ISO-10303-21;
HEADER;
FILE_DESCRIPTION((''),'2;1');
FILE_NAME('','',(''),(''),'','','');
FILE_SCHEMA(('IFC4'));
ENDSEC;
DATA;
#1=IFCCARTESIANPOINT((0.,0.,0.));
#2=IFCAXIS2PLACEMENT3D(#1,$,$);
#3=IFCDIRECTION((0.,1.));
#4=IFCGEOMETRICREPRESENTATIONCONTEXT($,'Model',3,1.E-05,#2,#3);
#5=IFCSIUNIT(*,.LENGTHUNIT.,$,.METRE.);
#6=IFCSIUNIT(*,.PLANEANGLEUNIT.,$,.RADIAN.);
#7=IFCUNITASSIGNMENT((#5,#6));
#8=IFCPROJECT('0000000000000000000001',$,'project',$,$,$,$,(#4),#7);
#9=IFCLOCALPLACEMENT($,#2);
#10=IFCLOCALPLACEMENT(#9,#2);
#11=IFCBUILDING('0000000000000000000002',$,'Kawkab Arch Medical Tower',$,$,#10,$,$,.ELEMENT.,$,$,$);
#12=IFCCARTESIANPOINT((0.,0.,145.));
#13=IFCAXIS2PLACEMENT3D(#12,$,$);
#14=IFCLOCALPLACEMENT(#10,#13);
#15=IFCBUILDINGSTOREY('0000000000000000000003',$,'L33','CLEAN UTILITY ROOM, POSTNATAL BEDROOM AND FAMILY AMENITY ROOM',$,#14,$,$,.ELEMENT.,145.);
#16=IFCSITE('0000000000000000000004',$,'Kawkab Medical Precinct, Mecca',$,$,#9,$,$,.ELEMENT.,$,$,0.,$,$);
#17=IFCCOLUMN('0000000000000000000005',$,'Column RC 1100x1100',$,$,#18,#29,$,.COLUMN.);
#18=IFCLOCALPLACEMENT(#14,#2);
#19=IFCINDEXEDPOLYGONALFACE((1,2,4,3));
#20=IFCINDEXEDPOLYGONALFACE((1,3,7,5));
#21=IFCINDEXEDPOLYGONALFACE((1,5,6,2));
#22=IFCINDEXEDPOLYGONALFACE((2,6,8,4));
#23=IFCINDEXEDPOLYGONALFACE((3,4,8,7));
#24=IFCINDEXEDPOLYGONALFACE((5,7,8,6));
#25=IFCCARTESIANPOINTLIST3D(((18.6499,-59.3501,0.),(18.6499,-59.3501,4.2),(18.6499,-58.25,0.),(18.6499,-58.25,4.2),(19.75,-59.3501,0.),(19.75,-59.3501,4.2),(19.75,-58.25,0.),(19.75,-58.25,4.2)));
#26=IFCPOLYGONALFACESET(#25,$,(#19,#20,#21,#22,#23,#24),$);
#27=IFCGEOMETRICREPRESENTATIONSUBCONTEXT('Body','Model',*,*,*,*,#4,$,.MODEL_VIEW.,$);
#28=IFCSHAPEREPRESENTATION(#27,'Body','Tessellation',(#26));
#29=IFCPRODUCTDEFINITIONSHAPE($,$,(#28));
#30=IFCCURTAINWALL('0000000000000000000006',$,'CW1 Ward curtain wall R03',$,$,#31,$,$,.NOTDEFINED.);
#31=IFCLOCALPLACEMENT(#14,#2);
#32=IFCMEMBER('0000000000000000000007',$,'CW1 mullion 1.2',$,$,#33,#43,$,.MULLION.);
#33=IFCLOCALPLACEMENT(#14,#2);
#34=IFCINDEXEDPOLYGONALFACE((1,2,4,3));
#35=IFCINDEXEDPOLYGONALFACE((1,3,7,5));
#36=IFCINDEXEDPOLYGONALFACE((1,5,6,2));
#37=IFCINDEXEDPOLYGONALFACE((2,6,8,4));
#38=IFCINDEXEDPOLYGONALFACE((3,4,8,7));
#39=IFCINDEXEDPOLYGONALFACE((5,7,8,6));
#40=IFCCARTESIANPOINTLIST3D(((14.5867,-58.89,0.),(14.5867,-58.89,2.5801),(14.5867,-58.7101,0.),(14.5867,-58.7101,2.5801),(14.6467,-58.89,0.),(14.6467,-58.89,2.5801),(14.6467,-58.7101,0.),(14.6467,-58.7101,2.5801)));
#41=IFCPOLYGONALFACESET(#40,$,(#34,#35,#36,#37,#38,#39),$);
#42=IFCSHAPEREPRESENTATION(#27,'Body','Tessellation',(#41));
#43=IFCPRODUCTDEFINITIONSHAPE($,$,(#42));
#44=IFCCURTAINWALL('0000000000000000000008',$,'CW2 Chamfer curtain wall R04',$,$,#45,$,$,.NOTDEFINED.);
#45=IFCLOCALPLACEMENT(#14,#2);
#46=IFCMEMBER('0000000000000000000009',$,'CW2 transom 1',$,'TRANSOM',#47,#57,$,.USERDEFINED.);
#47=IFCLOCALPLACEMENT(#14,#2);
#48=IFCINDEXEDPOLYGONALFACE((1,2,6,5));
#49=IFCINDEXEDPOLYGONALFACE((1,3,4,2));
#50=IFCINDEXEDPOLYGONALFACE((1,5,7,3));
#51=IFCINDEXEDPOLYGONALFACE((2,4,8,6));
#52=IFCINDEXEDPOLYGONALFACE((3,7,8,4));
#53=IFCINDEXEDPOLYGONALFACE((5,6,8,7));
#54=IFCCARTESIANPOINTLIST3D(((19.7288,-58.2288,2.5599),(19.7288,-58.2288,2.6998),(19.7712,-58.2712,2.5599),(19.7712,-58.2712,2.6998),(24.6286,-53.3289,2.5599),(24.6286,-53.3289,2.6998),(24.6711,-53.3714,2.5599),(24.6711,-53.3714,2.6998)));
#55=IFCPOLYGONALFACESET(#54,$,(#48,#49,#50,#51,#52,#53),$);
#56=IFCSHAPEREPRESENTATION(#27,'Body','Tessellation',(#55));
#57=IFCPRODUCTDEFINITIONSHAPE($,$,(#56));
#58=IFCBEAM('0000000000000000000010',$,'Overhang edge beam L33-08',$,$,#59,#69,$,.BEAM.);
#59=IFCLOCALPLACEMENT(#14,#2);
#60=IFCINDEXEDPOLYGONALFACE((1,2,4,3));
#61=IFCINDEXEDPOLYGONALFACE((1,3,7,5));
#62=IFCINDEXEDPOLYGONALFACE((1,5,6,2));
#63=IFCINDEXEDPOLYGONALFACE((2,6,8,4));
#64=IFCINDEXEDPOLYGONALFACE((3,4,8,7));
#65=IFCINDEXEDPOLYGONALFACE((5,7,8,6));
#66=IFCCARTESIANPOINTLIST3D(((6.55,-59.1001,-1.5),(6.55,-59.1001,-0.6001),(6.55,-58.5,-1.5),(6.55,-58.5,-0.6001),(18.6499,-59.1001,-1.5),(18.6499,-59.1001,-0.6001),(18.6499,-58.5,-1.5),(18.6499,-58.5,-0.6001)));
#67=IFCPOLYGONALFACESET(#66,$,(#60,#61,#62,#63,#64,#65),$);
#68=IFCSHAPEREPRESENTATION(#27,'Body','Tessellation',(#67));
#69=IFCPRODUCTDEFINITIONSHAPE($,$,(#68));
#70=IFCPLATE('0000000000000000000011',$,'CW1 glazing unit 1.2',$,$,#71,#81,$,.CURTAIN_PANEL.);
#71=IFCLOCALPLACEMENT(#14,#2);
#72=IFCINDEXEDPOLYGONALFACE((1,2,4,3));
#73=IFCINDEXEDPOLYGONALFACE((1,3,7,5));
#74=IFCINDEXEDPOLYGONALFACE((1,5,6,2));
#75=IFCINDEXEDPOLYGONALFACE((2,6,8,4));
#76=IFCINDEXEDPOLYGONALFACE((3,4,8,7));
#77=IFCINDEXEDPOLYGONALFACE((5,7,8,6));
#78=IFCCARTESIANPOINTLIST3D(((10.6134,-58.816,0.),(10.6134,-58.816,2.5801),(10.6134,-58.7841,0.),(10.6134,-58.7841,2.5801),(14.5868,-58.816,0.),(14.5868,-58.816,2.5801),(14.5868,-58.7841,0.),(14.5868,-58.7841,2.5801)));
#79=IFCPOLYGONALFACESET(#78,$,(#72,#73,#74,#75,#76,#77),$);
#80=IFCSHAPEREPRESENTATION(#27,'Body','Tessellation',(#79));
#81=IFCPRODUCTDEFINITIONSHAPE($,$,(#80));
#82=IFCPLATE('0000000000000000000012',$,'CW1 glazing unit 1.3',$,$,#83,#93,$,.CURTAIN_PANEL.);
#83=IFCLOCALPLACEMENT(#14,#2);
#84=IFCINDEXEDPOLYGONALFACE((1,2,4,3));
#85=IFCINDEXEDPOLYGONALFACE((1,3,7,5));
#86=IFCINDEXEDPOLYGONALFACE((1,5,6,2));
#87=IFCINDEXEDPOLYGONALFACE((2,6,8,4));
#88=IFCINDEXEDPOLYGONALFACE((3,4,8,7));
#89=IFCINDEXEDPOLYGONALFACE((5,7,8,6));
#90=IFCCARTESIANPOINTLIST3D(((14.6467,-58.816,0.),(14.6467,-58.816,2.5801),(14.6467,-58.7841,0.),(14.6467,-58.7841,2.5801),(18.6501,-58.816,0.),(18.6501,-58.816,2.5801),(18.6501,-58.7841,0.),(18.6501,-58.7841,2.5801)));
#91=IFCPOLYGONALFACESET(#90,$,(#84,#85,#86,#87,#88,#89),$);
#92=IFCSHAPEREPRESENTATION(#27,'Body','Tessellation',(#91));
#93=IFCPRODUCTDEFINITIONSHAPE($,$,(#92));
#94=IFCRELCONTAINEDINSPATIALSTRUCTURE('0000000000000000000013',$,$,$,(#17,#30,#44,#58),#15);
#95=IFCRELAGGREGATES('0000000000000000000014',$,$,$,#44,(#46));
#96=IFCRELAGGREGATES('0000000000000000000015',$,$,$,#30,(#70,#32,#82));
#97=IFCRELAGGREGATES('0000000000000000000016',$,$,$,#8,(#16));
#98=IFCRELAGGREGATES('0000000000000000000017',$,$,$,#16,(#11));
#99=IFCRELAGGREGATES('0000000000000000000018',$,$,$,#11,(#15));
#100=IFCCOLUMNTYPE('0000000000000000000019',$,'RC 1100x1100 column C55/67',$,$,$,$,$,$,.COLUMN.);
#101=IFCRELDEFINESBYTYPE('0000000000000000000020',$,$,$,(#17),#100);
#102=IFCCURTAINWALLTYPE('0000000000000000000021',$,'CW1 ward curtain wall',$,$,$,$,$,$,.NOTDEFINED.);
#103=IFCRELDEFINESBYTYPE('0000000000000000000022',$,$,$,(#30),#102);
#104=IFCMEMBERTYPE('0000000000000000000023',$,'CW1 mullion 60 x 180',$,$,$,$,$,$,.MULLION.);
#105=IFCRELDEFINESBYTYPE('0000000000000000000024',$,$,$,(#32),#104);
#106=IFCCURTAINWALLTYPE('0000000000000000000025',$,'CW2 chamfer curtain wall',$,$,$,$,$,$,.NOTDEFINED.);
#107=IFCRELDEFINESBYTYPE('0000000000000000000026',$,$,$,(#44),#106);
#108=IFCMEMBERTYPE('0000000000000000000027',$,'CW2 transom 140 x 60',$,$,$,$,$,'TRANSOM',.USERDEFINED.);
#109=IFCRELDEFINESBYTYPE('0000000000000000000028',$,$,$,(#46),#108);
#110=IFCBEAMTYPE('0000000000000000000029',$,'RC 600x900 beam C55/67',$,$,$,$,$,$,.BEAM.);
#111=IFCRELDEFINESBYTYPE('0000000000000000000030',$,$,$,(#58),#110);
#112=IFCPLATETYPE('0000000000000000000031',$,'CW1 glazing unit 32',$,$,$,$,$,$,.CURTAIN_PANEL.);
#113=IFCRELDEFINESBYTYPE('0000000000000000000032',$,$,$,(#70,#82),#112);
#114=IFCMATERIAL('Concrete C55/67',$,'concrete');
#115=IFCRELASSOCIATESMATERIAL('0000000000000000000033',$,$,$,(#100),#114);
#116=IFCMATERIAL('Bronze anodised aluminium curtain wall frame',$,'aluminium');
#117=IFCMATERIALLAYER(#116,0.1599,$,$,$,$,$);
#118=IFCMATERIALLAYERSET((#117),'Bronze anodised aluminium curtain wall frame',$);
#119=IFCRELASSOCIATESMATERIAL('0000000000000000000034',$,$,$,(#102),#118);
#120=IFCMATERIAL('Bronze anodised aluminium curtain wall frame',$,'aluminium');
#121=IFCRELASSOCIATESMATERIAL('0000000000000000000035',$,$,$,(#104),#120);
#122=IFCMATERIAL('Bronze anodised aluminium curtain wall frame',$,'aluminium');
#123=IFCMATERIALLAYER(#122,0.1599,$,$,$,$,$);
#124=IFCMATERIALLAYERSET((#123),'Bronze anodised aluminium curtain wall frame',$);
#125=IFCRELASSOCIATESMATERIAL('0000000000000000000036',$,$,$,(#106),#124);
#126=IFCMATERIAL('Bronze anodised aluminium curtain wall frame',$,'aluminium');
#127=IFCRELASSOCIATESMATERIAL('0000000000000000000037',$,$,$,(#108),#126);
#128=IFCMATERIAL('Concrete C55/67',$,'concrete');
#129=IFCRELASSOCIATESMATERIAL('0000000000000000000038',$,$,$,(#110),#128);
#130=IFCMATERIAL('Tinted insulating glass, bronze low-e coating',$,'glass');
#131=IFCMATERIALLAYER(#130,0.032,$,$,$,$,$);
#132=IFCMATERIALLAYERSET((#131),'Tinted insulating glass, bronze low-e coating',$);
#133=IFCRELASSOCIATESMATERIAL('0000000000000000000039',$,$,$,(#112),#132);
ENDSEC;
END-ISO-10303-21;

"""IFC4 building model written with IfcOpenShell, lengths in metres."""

from ifc_helpers import new_model, si_unit, direction, frame, origin, origin_2d, place, context, subcontext, project, spatial, rectangle, extrude, material, layer, layer_set, material_profile, profile_set, type_object, element, aggregate, save


model = new_model("IFC4")

# Units and contexts
model_context = context("Model", 3, precision=1e-05, world=origin(), true_north=direction((0.0, 1.0)))
body_context = subcontext(model_context, "Body", "Model", "MODEL_VIEW")
ifc_project = project(units=[si_unit("LENGTHUNIT", "METRE"), si_unit("PLANEANGLEUNIT", "RADIAN")], contexts=[model_context])

# Site, building, storey
site_placement = place(None, origin())
site = spatial("IfcSite", under=ifc_project, at=site_placement, Name="Kawkab Medical Precinct, Mecca", CompositionType="ELEMENT", RefElevation=0.0)
building_placement = place(site_placement, origin())
building = spatial("IfcBuilding", under=site, at=building_placement, Name="Kawkab Arch Medical Tower", CompositionType="ELEMENT")
storey_placement = place(building_placement, frame((0.0, 0.0, 145.0)))
storey = spatial("IfcBuildingStorey", under=building, at=storey_placement, Name="L33", Description="CLEAN UTILITY ROOM, POSTNATAL BEDROOM AND FAMILY AMENITY ROOM", CompositionType="ELEMENT", Elevation=145.0)

# Column
ifc_material_1 = material(Name="Concrete C55/67", Category="concrete")
ifc_material_profile_1 = material_profile(ifc_material_1, rectangle(XDim=1.1001, YDim=1.1001, at=origin_2d()), Name="RC 1100x1100")
ifc_profile_set_1 = profile_set([ifc_material_profile_1], Name="Concrete C55/67")
column_type = type_object("IfcColumnType", Name="RC 1100x1100 column C55/67", PredefinedType="COLUMN", material=ifc_profile_set_1)
column_placement = place(storey_placement, frame((19.2, -58.8, 0.0), z_axis=(0.0, 0.0, 1.0), x_axis=(1.0, 0.0, 0.0)))
element("IfcColumn", 1, at=column_placement, inside=storey, type_object=column_type, Name="Column RC 1100x1100", PredefinedType="COLUMN", context=body_context, shape_type="SweptSolid", body=[
    extrude(rectangle(XDim=1.1001, YDim=1.1001, at=origin_2d()), origin(), (0.0, 0.0, 1.0), 4.2),
])

# Curtain walls, members
ifc_material_2 = material(Name="Bronze anodised aluminium curtain wall frame", Category="aluminium")
ifc_layer_1 = layer(ifc_material_2, 0.1599)
ifc_layer_set_1 = layer_set([ifc_layer_1], Name="Bronze anodised aluminium curtain wall frame")
curtain_wall_type_1 = type_object("IfcCurtainWallType", Name="CW1 ward curtain wall", PredefinedType="NOTDEFINED", material=ifc_layer_set_1)
placement = place(storey_placement, origin())
curtain_wall_1 = element("IfcCurtainWall", 2, at=placement, inside=storey, type_object=curtain_wall_type_1, Name="CW1 Ward curtain wall R03", PredefinedType="NOTDEFINED")
ifc_material_3 = material(Name="Bronze anodised aluminium curtain wall frame", Category="aluminium")
ifc_material_profile_2 = material_profile(ifc_material_3, rectangle(XDim=0.1799, YDim=0.0601, at=origin_2d()), Name="AL 60x180")
ifc_profile_set_2 = profile_set([ifc_material_profile_2], Name="Bronze anodised aluminium curtain wall frame")
member_type_1 = type_object("IfcMemberType", Name="CW1 mullion 60 x 180", PredefinedType="MULLION", material=ifc_profile_set_2)
member_1_placement = place(storey_placement, frame((14.6167, -58.8, 0.0), z_axis=(0.0, 0.0, 1.0), x_axis=(0.0, 1.0, 0.0)))
member_1 = element("IfcMember", 3, at=member_1_placement, type_object=member_type_1, Name="CW1 mullion 1.2", PredefinedType="MULLION", context=body_context, shape_type="SweptSolid", body=[
    extrude(rectangle(XDim=0.1799, YDim=0.0601, at=origin_2d()), origin(), (0.0, 0.0, 1.0), 2.5801),
])
ifc_material_4 = material(Name="Bronze anodised aluminium curtain wall frame", Category="aluminium")
ifc_layer_2 = layer(ifc_material_4, 0.1599)
ifc_layer_set_2 = layer_set([ifc_layer_2], Name="Bronze anodised aluminium curtain wall frame")
curtain_wall_type_2 = type_object("IfcCurtainWallType", Name="CW2 chamfer curtain wall", PredefinedType="NOTDEFINED", material=ifc_layer_set_2)
curtain_wall_2 = element("IfcCurtainWall", 4, at=placement, inside=storey, type_object=curtain_wall_type_2, Name="CW2 Chamfer curtain wall R04", PredefinedType="NOTDEFINED")
ifc_material_5 = material(Name="Bronze anodised aluminium curtain wall frame", Category="aluminium")
ifc_material_profile_3 = material_profile(ifc_material_5, rectangle(XDim=0.0601, YDim=0.1399, at=origin_2d()), Name="AL 60x140")
ifc_profile_set_3 = profile_set([ifc_material_profile_3], Name="Bronze anodised aluminium curtain wall frame")
member_type_2 = type_object("IfcMemberType", Name="CW2 transom 140 x 60", ElementType="TRANSOM", PredefinedType="USERDEFINED", material=ifc_profile_set_3)
member_2_placement = place(storey_placement, frame((19.75, -58.25, 2.6299), z_axis=(0.707107, 0.707107, 0.0), x_axis=(-0.707107, 0.707107, 0.0)))
member_2 = element("IfcMember", 5, at=member_2_placement, type_object=member_type_2, Name="CW2 transom 1", ObjectType="TRANSOM", PredefinedType="USERDEFINED", context=body_context, shape_type="SweptSolid", body=[
    extrude(rectangle(XDim=0.0601, YDim=0.1399, at=origin_2d()), origin(), (0.0, 0.0, 1.0), 6.9294),
])
aggregate(curtain_wall_2, [member_2])

# Beam
ifc_material_6 = material(Name="Concrete C55/67", Category="concrete")
ifc_material_profile_4 = material_profile(ifc_material_6, rectangle(XDim=0.6001, YDim=0.8999, at=origin_2d()), Name="RC 600x900")
ifc_profile_set_4 = profile_set([ifc_material_profile_4], Name="Concrete C55/67")
beam_type = type_object("IfcBeamType", Name="RC 600x900 beam C55/67", PredefinedType="BEAM", material=ifc_profile_set_4)
beam_placement = place(storey_placement, frame((18.6499, -58.8, -1.05), z_axis=(-1.0, 0.0, 0.0), x_axis=(0.0, -1.0, 0.0)))
element("IfcBeam", 6, at=beam_placement, inside=storey, type_object=beam_type, Name="Overhang edge beam L33-08", PredefinedType="BEAM", context=body_context, shape_type="SweptSolid", body=[
    extrude(rectangle(XDim=0.6001, YDim=0.8999, at=origin_2d()), origin(), (0.0, 0.0, 1.0), 12.0999),
])

# Plates
ifc_material_7 = material(Name="Tinted insulating glass, bronze low-e coating", Category="glass")
ifc_layer_3 = layer(ifc_material_7, 0.032)
ifc_layer_set_3 = layer_set([ifc_layer_3], Name="Tinted insulating glass, bronze low-e coating")
plate_type = type_object("IfcPlateType", Name="CW1 glazing unit 32", PredefinedType="CURTAIN_PANEL", material=ifc_layer_set_3)
plate_1_placement = place(storey_placement, frame((12.6001, -58.8, 0.0), z_axis=(0.0, 0.0, 1.0), x_axis=(1.0, 0.0, 0.0)))
plate_1 = element("IfcPlate", 7, at=plate_1_placement, type_object=plate_type, Name="CW1 glazing unit 1.2", PredefinedType="CURTAIN_PANEL", context=body_context, shape_type="SweptSolid", body=[
    extrude(rectangle(XDim=3.9734, YDim=0.032, at=origin_2d()), origin(), (0.0, 0.0, 1.0), 2.5801),
])
plate_2_placement = place(storey_placement, frame((16.6484, -58.8, 0.0), z_axis=(0.0, 0.0, 1.0), x_axis=(1.0, 0.0, 0.0)))
plate_2 = element("IfcPlate", 8, at=plate_2_placement, type_object=plate_type, Name="CW1 glazing unit 1.3", PredefinedType="CURTAIN_PANEL", context=body_context, shape_type="SweptSolid", body=[
    extrude(rectangle(XDim=4.0034, YDim=0.032, at=origin_2d()), origin(), (0.0, 0.0, 1.0), 2.5801),
])
aggregate(curtain_wall_1, [plate_1, member_1, plate_2])

save(model, "model.ifc")
